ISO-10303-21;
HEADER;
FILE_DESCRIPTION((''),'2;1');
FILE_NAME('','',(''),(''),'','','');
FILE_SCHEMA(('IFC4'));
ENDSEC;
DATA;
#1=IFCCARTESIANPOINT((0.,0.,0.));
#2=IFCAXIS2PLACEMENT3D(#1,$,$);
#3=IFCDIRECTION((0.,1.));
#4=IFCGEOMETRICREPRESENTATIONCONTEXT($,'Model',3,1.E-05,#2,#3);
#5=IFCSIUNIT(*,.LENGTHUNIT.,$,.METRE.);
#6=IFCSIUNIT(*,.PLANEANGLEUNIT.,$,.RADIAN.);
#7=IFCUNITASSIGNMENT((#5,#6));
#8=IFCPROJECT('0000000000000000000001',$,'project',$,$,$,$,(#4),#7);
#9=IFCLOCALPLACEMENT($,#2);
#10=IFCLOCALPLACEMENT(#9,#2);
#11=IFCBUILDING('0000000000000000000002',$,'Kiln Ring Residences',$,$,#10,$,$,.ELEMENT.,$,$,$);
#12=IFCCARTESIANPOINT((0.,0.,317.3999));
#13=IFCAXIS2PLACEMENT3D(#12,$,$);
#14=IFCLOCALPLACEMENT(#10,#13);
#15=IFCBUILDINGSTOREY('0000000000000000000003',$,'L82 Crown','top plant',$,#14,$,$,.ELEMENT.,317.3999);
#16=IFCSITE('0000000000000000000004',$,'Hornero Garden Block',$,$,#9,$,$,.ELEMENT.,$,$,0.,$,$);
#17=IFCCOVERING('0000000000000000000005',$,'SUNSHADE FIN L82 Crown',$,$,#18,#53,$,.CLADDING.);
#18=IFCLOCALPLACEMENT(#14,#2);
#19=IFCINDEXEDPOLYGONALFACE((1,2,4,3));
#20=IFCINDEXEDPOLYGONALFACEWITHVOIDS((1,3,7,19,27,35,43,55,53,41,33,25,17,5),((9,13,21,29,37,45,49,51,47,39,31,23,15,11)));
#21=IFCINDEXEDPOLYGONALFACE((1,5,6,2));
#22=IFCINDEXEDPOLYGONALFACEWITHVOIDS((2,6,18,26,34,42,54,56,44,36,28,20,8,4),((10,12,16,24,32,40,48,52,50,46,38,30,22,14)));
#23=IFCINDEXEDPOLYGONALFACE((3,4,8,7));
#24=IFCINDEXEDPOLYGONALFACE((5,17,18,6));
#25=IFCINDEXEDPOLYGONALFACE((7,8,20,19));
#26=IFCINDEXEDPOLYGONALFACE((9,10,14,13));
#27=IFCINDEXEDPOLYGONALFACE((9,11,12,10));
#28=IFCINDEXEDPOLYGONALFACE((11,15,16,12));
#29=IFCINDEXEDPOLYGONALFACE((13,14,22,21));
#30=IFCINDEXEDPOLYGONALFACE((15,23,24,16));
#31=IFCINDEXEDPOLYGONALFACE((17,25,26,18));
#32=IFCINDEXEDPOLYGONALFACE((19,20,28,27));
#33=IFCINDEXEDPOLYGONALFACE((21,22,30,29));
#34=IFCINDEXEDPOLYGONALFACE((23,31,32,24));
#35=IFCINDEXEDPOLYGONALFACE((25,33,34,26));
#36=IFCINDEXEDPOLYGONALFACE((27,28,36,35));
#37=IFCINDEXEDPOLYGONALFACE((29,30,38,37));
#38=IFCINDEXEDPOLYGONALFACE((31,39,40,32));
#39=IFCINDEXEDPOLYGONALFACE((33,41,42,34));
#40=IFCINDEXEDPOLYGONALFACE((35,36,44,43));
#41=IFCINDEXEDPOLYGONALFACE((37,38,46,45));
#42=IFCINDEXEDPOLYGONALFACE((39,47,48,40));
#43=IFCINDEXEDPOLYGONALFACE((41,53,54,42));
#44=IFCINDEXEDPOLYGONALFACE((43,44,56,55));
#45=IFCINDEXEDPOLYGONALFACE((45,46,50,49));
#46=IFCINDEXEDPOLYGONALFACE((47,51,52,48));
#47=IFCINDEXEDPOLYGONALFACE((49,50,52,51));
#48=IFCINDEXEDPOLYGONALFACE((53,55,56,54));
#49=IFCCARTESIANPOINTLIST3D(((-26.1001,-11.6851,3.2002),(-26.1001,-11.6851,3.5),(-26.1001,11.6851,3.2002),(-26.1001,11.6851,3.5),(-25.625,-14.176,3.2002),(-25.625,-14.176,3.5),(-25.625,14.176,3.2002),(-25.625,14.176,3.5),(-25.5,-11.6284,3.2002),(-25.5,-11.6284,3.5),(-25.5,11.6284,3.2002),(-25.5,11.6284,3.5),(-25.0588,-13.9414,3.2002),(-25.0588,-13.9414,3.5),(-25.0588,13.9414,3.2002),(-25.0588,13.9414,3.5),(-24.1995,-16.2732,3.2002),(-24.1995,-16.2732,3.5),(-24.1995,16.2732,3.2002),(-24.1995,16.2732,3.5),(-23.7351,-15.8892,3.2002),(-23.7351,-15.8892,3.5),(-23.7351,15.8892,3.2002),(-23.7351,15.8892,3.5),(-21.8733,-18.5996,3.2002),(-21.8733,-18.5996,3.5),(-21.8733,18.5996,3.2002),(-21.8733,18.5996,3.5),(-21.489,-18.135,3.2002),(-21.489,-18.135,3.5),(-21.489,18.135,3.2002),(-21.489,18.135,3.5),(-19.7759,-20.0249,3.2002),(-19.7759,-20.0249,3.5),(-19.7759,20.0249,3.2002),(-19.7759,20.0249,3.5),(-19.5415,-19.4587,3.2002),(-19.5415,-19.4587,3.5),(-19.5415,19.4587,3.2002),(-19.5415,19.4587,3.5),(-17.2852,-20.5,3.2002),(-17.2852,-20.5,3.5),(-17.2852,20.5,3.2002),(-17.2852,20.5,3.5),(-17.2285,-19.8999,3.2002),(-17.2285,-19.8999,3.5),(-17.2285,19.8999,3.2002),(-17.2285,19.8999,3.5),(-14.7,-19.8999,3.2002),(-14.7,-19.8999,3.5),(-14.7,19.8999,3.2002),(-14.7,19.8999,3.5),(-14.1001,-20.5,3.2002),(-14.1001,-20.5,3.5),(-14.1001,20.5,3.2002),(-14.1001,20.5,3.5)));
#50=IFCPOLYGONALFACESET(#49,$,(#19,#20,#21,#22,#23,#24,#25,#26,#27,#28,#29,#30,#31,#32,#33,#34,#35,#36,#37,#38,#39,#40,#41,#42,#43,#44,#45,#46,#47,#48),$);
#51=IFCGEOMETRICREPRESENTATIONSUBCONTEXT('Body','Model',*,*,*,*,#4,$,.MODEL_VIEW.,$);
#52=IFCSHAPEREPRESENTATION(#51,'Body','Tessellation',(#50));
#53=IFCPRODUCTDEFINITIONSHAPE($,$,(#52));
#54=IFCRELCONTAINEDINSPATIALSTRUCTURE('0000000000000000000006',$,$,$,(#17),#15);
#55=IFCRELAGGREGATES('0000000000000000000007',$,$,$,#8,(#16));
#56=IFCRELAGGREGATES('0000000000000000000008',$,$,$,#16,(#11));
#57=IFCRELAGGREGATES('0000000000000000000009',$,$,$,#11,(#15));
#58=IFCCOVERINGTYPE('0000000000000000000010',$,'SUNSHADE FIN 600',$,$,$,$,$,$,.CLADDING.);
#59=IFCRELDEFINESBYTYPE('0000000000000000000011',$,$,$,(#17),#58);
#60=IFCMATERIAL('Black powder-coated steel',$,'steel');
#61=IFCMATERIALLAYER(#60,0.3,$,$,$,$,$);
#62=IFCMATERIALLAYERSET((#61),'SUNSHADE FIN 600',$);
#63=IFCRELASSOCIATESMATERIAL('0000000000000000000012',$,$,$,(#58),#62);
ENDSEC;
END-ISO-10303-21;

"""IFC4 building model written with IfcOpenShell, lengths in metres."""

from ifc_helpers import new_model, si_unit, direction, frame, origin, place, context, subcontext, project, spatial, polyline, outline, extrude, material, layer, layer_set, type_object, element, save


model = new_model("IFC4")

# Units and contexts
model_context = context("Model", 3, precision=1e-05, world=origin(), true_north=direction((0.0, 1.0)))
body_context = subcontext(model_context, "Body", "Model", "MODEL_VIEW")
ifc_project = project(units=[si_unit("LENGTHUNIT", "METRE"), si_unit("PLANEANGLEUNIT", "RADIAN")], contexts=[model_context])

# Site, building, storey
site_placement = place(None, origin())
site = spatial("IfcSite", under=ifc_project, at=site_placement, Name="Hornero Garden Block", CompositionType="ELEMENT", RefElevation=0.0)
building_placement = place(site_placement, origin())
building = spatial("IfcBuilding", under=site, at=building_placement, Name="Kiln Ring Residences", CompositionType="ELEMENT")
storey_placement = place(building_placement, frame((0.0, 0.0, 317.3999)))
storey = spatial("IfcBuildingStorey", under=building, at=storey_placement, Name="L82 Crown", Description="top plant", CompositionType="ELEMENT", Elevation=317.3999)

# Covering
ifc_material_1 = material(Name="Black powder-coated steel", Category="steel")
ifc_layer_1 = layer(ifc_material_1, 0.3)
ifc_layer_set_1 = layer_set([ifc_layer_1], Name="SUNSHADE FIN 600")
covering_type_1 = type_object("IfcCoveringType", Name="SUNSHADE FIN 600", PredefinedType="CLADDING", material=ifc_layer_set_1)
covering_1_placement = place(storey_placement, frame((0.0, 0.0, 3.2002)))
element("IfcCovering", 1, at=covering_1_placement, inside=storey, type_object=covering_type_1, Name="SUNSHADE FIN L82 Crown", PredefinedType="CLADDING", context=body_context, shape_type="SweptSolid", body=[
    extrude(outline(polyline([(-21.8733, -18.5996), (-19.7759, -20.0249), (-17.2852, -20.5), (-14.1001, -20.5), (-14.1001, 20.5), (-17.2852, 20.5), (-19.7759, 20.0249), (-21.8733, 18.5996), (-24.1995, 16.2732), (-25.625, 14.176), (-26.1001, 11.6851), (-26.1001, -11.6851), (-25.625, -14.176), (-24.1995, -16.2732), (-21.8733, -18.5996)]), holes=[polyline([(-17.2285, -19.8999), (-19.5415, -19.4587), (-21.489, -18.135), (-23.7351, -15.8892), (-25.0588, -13.9414), (-25.5, -11.6284), (-25.5, 11.6284), (-25.0588, 13.9414), (-23.7351, 15.8892), (-21.489, 18.135), (-19.5415, 19.4587), (-17.2285, 19.8999), (-14.7, 19.8999), (-14.7, -19.8999), (-17.2285, -19.8999)])]), origin(), (0.0, 0.0, 1.0), 0.2998),
])

save(model, "model.ifc")
